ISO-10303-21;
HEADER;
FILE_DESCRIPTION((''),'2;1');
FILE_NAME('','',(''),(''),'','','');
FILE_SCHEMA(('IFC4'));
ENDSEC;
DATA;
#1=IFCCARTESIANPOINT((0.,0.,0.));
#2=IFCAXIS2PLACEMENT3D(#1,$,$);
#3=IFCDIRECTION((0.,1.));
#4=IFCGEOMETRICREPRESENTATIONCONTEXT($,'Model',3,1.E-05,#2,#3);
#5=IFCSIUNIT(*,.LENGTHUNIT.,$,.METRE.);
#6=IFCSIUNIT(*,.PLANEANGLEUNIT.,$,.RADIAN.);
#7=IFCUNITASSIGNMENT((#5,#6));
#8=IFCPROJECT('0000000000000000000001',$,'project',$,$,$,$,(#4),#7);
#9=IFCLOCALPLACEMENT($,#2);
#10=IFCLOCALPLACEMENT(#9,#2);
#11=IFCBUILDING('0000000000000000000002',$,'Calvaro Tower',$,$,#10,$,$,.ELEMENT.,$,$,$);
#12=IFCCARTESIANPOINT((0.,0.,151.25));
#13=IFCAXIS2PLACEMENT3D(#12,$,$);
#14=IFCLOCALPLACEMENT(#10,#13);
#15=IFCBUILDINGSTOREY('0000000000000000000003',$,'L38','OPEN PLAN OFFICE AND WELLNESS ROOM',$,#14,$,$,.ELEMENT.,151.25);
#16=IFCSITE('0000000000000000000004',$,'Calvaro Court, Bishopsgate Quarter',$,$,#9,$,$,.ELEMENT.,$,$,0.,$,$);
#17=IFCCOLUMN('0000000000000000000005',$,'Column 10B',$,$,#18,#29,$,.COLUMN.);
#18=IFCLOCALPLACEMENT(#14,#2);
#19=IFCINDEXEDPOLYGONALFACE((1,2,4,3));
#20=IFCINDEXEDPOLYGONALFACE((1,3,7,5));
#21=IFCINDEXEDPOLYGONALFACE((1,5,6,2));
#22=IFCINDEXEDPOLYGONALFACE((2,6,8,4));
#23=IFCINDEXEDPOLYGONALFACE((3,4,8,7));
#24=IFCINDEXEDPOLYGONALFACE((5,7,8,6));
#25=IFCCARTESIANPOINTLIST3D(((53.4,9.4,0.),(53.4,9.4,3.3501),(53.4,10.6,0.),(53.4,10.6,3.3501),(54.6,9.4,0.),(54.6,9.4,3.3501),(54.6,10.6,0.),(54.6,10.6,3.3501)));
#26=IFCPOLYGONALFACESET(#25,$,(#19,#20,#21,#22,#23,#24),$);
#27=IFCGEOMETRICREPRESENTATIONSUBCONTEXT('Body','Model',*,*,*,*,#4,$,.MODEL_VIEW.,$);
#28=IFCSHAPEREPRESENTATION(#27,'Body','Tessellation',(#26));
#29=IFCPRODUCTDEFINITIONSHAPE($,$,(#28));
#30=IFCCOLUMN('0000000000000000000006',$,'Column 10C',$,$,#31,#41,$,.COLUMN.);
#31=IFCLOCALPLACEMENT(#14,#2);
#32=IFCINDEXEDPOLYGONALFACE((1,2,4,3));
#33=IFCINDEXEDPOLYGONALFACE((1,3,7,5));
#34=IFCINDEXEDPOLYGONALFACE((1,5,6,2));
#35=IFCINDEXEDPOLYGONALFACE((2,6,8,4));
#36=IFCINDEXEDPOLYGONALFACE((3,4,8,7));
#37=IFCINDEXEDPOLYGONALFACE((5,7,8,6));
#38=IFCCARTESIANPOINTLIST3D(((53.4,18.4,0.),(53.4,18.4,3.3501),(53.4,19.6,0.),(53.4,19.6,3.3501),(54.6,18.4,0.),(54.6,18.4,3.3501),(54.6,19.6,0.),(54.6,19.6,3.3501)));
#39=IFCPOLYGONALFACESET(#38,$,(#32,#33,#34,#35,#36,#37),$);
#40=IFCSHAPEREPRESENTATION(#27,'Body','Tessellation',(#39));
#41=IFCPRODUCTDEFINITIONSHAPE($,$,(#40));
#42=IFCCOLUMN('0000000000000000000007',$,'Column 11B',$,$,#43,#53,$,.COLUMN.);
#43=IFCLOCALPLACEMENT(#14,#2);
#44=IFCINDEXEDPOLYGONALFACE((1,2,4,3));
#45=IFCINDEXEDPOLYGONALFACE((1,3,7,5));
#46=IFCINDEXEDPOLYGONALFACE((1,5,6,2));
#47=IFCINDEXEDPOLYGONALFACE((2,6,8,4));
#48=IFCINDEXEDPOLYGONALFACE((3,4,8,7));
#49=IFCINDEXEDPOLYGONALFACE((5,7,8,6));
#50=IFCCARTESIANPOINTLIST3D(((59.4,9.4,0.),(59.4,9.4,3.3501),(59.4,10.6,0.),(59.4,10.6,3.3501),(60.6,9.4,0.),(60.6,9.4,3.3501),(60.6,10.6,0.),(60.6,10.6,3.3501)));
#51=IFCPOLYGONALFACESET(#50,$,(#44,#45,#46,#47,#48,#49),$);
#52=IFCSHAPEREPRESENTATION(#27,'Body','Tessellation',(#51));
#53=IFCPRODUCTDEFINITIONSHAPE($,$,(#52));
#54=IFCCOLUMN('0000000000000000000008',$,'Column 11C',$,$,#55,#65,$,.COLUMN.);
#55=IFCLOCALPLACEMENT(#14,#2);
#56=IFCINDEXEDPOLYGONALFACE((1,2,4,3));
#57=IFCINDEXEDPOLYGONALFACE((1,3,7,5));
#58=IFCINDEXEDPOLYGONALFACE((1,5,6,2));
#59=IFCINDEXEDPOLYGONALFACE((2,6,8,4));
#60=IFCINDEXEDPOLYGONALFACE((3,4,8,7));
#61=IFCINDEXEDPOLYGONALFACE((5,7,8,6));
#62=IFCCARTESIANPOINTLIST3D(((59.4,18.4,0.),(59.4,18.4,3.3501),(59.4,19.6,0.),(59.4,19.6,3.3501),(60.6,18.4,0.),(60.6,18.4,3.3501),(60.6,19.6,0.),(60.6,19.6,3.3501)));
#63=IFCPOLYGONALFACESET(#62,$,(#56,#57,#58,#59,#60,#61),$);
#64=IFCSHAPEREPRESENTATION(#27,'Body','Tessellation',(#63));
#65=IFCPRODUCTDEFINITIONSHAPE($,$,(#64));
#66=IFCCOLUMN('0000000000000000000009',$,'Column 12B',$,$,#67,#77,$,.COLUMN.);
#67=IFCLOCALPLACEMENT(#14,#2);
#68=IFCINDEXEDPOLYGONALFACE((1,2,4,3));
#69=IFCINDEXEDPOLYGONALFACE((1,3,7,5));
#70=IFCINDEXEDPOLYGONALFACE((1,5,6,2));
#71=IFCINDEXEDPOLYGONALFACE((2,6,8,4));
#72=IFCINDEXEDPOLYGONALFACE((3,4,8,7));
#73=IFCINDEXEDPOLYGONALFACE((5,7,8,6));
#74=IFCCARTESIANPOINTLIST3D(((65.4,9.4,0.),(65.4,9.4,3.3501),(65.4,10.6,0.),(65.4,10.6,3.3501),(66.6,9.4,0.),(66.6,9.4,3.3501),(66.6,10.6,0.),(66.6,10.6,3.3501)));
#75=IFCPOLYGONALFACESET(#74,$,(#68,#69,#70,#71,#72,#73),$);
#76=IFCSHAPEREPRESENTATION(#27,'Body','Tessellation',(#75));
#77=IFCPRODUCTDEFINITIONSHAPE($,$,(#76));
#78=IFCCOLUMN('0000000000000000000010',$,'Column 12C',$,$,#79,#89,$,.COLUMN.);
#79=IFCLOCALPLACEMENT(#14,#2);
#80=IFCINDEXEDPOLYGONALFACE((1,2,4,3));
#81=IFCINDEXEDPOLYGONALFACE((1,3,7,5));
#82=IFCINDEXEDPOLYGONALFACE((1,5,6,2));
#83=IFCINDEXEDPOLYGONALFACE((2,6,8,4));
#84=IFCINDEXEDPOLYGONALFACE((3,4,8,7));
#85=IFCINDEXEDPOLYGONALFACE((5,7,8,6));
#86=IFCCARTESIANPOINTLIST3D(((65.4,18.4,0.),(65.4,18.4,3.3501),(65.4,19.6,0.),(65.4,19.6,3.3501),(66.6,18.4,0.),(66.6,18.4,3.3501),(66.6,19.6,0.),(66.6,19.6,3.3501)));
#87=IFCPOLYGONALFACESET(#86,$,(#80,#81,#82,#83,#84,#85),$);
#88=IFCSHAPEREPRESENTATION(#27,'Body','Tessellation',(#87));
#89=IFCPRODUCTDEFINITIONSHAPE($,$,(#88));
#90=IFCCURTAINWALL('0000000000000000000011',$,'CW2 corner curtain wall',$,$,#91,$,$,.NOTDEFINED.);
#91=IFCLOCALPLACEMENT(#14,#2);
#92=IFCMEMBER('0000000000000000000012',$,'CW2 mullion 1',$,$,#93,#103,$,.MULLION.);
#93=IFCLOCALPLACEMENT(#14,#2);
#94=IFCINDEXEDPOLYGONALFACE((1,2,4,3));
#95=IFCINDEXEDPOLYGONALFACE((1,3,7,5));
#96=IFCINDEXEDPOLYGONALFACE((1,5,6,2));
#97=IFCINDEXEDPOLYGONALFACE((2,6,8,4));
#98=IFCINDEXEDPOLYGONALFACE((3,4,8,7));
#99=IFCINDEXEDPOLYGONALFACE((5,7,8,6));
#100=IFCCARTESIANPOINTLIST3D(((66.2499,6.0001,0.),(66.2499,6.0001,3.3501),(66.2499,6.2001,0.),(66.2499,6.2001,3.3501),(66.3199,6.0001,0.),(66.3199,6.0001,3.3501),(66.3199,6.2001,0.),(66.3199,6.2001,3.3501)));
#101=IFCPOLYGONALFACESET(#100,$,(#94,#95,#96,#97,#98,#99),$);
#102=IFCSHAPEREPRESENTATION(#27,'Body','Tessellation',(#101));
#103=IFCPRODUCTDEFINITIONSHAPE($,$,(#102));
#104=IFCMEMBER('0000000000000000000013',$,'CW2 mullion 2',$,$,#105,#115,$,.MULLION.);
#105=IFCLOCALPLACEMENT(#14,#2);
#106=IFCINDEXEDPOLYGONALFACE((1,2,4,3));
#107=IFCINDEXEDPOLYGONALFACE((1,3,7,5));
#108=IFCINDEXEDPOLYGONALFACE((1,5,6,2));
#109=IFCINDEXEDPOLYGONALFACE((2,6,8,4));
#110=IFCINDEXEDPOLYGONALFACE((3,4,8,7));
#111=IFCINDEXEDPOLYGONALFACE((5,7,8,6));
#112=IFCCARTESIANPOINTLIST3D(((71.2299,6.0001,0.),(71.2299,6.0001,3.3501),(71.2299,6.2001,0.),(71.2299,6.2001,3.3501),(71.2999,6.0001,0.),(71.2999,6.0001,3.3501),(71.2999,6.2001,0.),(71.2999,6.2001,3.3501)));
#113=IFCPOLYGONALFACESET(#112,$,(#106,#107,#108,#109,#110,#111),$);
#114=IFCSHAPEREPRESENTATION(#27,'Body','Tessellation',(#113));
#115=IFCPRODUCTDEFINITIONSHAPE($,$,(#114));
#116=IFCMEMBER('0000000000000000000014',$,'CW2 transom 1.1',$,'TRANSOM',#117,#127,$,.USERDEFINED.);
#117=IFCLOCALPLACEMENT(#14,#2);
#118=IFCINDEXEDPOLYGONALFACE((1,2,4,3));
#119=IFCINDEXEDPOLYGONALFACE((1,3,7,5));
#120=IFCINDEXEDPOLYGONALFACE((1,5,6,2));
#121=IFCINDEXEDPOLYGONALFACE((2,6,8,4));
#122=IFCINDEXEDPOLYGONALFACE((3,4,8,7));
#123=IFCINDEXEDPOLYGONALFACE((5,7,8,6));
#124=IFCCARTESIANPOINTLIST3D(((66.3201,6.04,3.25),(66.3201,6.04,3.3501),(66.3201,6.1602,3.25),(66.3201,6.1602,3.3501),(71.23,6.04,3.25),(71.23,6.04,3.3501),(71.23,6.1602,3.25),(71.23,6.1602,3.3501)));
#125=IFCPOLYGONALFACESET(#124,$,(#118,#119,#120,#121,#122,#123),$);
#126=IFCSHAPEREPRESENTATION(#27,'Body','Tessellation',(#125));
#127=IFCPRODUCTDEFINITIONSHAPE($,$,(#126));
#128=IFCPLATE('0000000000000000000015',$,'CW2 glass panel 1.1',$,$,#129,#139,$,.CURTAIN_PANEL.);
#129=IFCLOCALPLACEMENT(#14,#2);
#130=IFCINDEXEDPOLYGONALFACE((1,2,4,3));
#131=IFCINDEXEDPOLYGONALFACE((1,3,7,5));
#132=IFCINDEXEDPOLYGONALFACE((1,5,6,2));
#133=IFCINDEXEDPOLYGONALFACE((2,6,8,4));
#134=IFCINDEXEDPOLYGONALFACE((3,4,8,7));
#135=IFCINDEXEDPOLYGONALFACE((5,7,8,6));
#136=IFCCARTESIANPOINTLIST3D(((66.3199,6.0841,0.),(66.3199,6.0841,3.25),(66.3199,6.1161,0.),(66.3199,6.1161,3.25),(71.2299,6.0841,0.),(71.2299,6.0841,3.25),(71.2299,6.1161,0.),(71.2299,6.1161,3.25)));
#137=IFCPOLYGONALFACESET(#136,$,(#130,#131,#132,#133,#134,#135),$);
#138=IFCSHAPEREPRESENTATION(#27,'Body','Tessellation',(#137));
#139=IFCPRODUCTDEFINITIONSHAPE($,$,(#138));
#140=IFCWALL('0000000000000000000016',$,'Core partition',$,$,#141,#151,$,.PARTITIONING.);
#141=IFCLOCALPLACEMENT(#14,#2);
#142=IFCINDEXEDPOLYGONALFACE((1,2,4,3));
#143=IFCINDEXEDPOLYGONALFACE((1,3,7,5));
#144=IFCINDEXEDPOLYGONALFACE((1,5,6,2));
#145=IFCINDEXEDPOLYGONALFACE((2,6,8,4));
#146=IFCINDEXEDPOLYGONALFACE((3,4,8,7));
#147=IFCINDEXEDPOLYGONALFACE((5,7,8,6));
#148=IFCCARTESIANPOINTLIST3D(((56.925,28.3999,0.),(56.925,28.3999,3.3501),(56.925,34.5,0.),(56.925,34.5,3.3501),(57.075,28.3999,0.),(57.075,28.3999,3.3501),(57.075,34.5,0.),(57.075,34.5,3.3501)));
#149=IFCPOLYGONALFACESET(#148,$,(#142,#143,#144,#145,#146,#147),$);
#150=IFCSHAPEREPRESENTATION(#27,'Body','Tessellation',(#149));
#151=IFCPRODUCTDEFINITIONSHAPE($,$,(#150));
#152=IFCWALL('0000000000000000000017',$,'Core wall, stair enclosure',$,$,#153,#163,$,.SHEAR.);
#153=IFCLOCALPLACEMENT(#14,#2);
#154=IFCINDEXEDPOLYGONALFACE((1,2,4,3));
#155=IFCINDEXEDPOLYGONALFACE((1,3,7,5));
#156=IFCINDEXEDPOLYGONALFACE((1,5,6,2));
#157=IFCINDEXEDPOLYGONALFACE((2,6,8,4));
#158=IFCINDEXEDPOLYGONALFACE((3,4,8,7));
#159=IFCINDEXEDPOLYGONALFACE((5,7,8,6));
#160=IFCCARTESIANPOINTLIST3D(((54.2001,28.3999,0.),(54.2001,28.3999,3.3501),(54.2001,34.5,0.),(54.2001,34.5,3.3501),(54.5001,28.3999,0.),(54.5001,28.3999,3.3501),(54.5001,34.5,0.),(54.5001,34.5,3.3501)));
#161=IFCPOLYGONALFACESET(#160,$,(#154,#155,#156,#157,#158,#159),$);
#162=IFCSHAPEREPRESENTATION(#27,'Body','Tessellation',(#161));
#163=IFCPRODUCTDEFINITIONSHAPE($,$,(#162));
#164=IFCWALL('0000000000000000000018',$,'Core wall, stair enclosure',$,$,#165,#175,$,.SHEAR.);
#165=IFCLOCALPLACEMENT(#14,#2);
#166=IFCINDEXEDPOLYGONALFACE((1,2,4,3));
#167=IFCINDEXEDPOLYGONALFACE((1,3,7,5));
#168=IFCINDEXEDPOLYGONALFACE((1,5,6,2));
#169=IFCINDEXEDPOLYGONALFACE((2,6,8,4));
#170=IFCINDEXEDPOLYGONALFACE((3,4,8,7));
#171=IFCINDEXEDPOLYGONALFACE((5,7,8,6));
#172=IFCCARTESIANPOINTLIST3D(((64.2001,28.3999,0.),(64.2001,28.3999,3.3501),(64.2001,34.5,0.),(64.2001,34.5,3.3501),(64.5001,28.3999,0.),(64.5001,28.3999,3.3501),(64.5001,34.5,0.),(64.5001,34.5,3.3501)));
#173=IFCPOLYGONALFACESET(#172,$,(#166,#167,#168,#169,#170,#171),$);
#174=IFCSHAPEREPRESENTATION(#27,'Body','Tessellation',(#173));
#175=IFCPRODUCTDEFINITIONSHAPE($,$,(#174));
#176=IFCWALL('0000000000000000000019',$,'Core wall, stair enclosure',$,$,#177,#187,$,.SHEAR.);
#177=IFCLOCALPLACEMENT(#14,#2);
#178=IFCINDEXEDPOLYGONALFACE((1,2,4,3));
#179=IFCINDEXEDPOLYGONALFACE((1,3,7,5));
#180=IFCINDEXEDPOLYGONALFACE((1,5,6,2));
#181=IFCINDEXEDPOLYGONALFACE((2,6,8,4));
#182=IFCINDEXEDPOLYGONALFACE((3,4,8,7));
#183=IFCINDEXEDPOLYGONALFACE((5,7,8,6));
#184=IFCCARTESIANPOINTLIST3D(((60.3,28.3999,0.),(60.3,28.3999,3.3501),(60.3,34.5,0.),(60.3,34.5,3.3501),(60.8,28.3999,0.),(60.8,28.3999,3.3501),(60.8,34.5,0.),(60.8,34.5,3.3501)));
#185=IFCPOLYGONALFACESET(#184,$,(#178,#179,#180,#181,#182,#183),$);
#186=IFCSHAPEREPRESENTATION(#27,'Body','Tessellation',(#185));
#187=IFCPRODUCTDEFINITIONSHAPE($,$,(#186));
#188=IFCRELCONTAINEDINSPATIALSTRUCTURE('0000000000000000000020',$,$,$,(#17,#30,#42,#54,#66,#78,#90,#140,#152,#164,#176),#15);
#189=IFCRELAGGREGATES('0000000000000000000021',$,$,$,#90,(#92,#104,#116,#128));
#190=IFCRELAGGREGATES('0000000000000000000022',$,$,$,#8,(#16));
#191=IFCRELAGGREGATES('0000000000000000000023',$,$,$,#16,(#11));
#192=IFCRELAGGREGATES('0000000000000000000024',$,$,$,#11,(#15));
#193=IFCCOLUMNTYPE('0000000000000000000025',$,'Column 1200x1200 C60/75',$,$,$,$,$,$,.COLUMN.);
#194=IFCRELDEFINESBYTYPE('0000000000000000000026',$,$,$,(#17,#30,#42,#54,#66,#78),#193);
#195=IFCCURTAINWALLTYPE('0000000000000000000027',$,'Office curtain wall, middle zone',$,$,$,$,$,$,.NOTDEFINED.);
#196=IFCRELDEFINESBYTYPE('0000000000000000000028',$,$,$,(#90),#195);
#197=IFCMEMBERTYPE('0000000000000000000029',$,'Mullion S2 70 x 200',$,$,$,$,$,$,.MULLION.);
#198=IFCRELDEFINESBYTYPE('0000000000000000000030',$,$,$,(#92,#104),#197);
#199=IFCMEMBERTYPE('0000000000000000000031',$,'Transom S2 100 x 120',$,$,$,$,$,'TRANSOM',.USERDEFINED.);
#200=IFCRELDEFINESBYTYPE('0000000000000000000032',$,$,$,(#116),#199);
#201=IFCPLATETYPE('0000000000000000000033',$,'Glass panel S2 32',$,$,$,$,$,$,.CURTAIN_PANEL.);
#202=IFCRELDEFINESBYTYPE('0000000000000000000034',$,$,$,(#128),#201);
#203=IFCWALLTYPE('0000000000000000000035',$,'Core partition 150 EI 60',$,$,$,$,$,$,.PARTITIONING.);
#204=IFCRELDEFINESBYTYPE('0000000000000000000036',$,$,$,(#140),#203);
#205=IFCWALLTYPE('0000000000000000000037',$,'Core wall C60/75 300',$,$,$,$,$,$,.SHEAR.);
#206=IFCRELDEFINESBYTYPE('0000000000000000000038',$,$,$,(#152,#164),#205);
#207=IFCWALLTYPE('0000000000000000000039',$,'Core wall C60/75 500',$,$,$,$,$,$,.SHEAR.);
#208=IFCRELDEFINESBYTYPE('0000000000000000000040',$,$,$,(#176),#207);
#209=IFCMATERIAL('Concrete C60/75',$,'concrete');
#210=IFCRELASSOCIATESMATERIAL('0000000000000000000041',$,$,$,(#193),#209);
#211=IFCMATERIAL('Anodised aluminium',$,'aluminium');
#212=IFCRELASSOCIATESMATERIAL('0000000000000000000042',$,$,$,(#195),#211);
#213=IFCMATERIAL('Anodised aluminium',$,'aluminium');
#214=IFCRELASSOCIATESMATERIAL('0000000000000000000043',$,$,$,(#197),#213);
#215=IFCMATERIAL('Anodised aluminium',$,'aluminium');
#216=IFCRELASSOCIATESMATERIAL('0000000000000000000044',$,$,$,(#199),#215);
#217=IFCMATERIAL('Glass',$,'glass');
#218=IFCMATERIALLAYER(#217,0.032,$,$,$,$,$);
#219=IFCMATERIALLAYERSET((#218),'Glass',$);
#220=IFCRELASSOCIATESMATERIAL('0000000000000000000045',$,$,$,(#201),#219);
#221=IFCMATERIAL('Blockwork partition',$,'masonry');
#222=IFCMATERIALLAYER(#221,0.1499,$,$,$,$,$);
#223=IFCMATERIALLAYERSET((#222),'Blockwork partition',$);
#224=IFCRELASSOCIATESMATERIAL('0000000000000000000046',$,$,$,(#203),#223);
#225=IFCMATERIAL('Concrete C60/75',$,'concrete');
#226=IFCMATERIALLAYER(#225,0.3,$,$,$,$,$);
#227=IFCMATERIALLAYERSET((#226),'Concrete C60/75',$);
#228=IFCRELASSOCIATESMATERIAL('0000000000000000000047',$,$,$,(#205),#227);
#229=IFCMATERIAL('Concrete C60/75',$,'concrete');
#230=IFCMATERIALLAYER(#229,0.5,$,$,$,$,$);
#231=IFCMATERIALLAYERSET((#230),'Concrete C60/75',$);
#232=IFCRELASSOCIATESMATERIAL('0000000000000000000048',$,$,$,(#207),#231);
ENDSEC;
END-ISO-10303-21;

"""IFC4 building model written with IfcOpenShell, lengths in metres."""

from ifc_helpers import new_model, si_unit, direction, frame, frame_2d, origin, origin_2d, place, context, subcontext, project, spatial, rectangle, extrude, material, layer, layer_set, material_profile, profile_set, type_object, element, aggregate, save


model = new_model("IFC4")

# Units and contexts
model_context = context("Model", 3, precision=1e-05, world=origin(), true_north=direction((0.0, 1.0)))
body_context = subcontext(model_context, "Body", "Model", "MODEL_VIEW")
ifc_project = project(units=[si_unit("LENGTHUNIT", "METRE"), si_unit("PLANEANGLEUNIT", "RADIAN")], contexts=[model_context])

# Site, building, storey
site_placement = place(None, origin())
site = spatial("IfcSite", under=ifc_project, at=site_placement, Name="Calvaro Court, Bishopsgate Quarter", CompositionType="ELEMENT", RefElevation=0.0)
building_placement = place(site_placement, origin())
building = spatial("IfcBuilding", under=site, at=building_placement, Name="Calvaro Tower", CompositionType="ELEMENT")
storey_placement = place(building_placement, frame((0.0, 0.0, 151.25)))
storey = spatial("IfcBuildingStorey", under=building, at=storey_placement, Name="L38", Description="OPEN PLAN OFFICE AND WELLNESS ROOM", CompositionType="ELEMENT", Elevation=151.25)

# Columns
ifc_material_1 = material(Name="Concrete C60/75", Category="concrete")
ifc_material_profile_1 = material_profile(ifc_material_1, rectangle(XDim=1.2, YDim=1.2, at=origin_2d()), Name="RC 1200x1200")
ifc_profile_set_1 = profile_set([ifc_material_profile_1], Name="Concrete C60/75")
column_type = type_object("IfcColumnType", Name="Column 1200x1200 C60/75", PredefinedType="COLUMN", material=ifc_profile_set_1)
for number, where, z_axis, x_axis, name in (
    (1, (54.0, 10.0, 0.0), (0.0, 0.0, 1.0), (1.0, 0.0, 0.0), "Column 10B"),
    (2, (54.0, 19.0, 0.0), (0.0, 0.0, 1.0), (1.0, 0.0, 0.0), "Column 10C"),
    (3, (60.0, 10.0, 0.0), (0.0, 0.0, 1.0), (1.0, 0.0, 0.0), "Column 11B"),
    (4, (60.0, 19.0, 0.0), (0.0, 0.0, 1.0), (1.0, 0.0, 0.0), "Column 11C"),
    (5, (66.0, 10.0, 0.0), (0.0, 0.0, 1.0), (1.0, 0.0, 0.0), "Column 12B"),
    (6, (66.0, 19.0, 0.0), (0.0, 0.0, 1.0), (1.0, 0.0, 0.0), "Column 12C"),
):
    element("IfcColumn", number, at=place(storey_placement, frame(where, z_axis=z_axis, x_axis=x_axis)), inside=storey, type_object=column_type, Name=name, PredefinedType="COLUMN", context=body_context, shape_type="SweptSolid", body=[
        extrude(rectangle(XDim=1.2, YDim=1.2, at=origin_2d()), origin(), (0.0, 0.0, 1.0), 3.3501),
    ])

# Curtain wall, members, plate
ifc_material_2 = material(Name="Anodised aluminium", Category="aluminium")
curtain_wall_type = type_object("IfcCurtainWallType", Name="Office curtain wall, middle zone", PredefinedType="NOTDEFINED", material=ifc_material_2)
curtain_wall_placement = place(storey_placement, origin())
curtain_wall = element("IfcCurtainWall", 7, at=curtain_wall_placement, inside=storey, type_object=curtain_wall_type, Name="CW2 corner curtain wall", PredefinedType="NOTDEFINED")
ifc_material_3 = material(Name="Anodised aluminium", Category="aluminium")
ifc_material_profile_2 = material_profile(ifc_material_3, rectangle(XDim=0.2, YDim=0.0701, at=origin_2d()), Name="Mullion S2 70 x 200")
ifc_profile_set_2 = profile_set([ifc_material_profile_2], Name="Anodised aluminium")
member_type_1 = type_object("IfcMemberType", Name="Mullion S2 70 x 200", PredefinedType="MULLION", material=ifc_profile_set_2)
member_1_placement = place(storey_placement, frame((66.2849, 6.1001, 0.0), z_axis=(0.0, 0.0, 1.0), x_axis=(0.0, 1.0, 0.0)))
member_1 = element("IfcMember", 8, at=member_1_placement, type_object=member_type_1, Name="CW2 mullion 1", PredefinedType="MULLION", context=body_context, shape_type="SweptSolid", body=[
    extrude(rectangle(XDim=0.2, YDim=0.0701, at=origin_2d()), origin(), (0.0, 0.0, 1.0), 3.3501),
])
member_2_placement = place(storey_placement, frame((71.2649, 6.1001, 0.0), z_axis=(0.0, 0.0, 1.0), x_axis=(0.0, 1.0, 0.0)))
member_2 = element("IfcMember", 9, at=member_2_placement, type_object=member_type_1, Name="CW2 mullion 2", PredefinedType="MULLION", context=body_context, shape_type="SweptSolid", body=[
    extrude(rectangle(XDim=0.2, YDim=0.0701, at=origin_2d()), origin(), (0.0, 0.0, 1.0), 3.3501),
])
ifc_material_4 = material(Name="Anodised aluminium", Category="aluminium")
ifc_material_profile_3 = material_profile(ifc_material_4, rectangle(XDim=0.1201, YDim=0.1001, at=origin_2d()), Name="Transom S2 100 x 120")
ifc_profile_set_3 = profile_set([ifc_material_profile_3], Name="Anodised aluminium")
member_type_2 = type_object("IfcMemberType", Name="Transom S2 100 x 120", ElementType="TRANSOM", PredefinedType="USERDEFINED", material=ifc_profile_set_3)
member_3_placement = place(storey_placement, frame((66.3201, 6.1001, 3.3), z_axis=(1.0, 0.0, 0.0), x_axis=(0.0, 1.0, 0.0)))
member_3 = element("IfcMember", 10, at=member_3_placement, type_object=member_type_2, Name="CW2 transom 1.1", ObjectType="TRANSOM", PredefinedType="USERDEFINED", context=body_context, shape_type="SweptSolid", body=[
    extrude(rectangle(XDim=0.1201, YDim=0.1001, at=origin_2d()), origin(), (0.0, 0.0, 1.0), 4.9099),
])
ifc_material_5 = material(Name="Glass", Category="glass")
ifc_layer_1 = layer(ifc_material_5, 0.032)
ifc_layer_set_1 = layer_set([ifc_layer_1], Name="Glass")
plate_type = type_object("IfcPlateType", Name="Glass panel S2 32", PredefinedType="CURTAIN_PANEL", material=ifc_layer_set_1)
plate_placement = place(storey_placement, frame((68.7749, 6.1001, 0.0), z_axis=(0.0, 0.0, 1.0), x_axis=(1.0, 0.0, 0.0)))
plate = element("IfcPlate", 11, at=plate_placement, type_object=plate_type, Name="CW2 glass panel 1.1", PredefinedType="CURTAIN_PANEL", context=body_context, shape_type="SweptSolid", body=[
    extrude(rectangle(XDim=4.9099, YDim=0.032, at=origin_2d()), origin(), (0.0, 0.0, 1.0), 3.25),
])
aggregate(curtain_wall, [member_1, member_2, member_3, plate])

# Walls
ifc_material_6 = material(Name="Blockwork partition", Category="masonry")
ifc_layer_2 = layer(ifc_material_6, 0.1499)
ifc_layer_set_2 = layer_set([ifc_layer_2], Name="Blockwork partition")
wall_type_1 = type_object("IfcWallType", Name="Core partition 150 EI 60", PredefinedType="PARTITIONING", material=ifc_layer_set_2)
wall_1_placement = place(storey_placement, frame((57.0, 28.3999, 0.0), z_axis=(0.0, 0.0, 1.0), x_axis=(0.0, 1.0, 0.0)))
element("IfcWall", 12, at=wall_1_placement, inside=storey, type_object=wall_type_1, Name="Core partition", PredefinedType="PARTITIONING", context=body_context, shape_type="SweptSolid", body=[
    extrude(rectangle(XDim=6.1001, YDim=0.1499, at=frame_2d((3.05, 0.0))), origin(), (0.0, 0.0, 1.0), 3.3501),
])
ifc_material_7 = material(Name="Concrete C60/75", Category="concrete")
ifc_layer_3 = layer(ifc_material_7, 0.3)
ifc_layer_set_3 = layer_set([ifc_layer_3], Name="Concrete C60/75")
wall_type_2 = type_object("IfcWallType", Name="Core wall C60/75 300", PredefinedType="SHEAR", material=ifc_layer_set_3)
for number, where, z_axis, x_axis, name in (
    (13, (54.3501, 28.3999, 0.0), (0.0, 0.0, 1.0), (0.0, 1.0, 0.0), "Core wall, stair enclosure"),
    (14, (64.3501, 28.3999, 0.0), (0.0, 0.0, 1.0), (0.0, 1.0, 0.0), "Core wall, stair enclosure"),
):
    element("IfcWall", number, at=place(storey_placement, frame(where, z_axis=z_axis, x_axis=x_axis)), inside=storey, type_object=wall_type_2, Name=name, PredefinedType="SHEAR", context=body_context, shape_type="SweptSolid", body=[
        extrude(rectangle(XDim=6.1001, YDim=0.3, at=frame_2d((3.05, 0.0))), origin(), (0.0, 0.0, 1.0), 3.3501),
    ])
ifc_material_8 = material(Name="Concrete C60/75", Category="concrete")
ifc_layer_4 = layer(ifc_material_8, 0.5)
ifc_layer_set_4 = layer_set([ifc_layer_4], Name="Concrete C60/75")
wall_type_3 = type_object("IfcWallType", Name="Core wall C60/75 500", PredefinedType="SHEAR", material=ifc_layer_set_4)
wall_2_placement = place(storey_placement, frame((60.55, 28.3999, 0.0), z_axis=(0.0, 0.0, 1.0), x_axis=(0.0, 1.0, 0.0)))
element("IfcWall", 15, at=wall_2_placement, inside=storey, type_object=wall_type_3, Name="Core wall, stair enclosure", PredefinedType="SHEAR", context=body_context, shape_type="SweptSolid", body=[
    extrude(rectangle(XDim=6.1001, YDim=0.5, at=frame_2d((3.05, 0.0))), origin(), (0.0, 0.0, 1.0), 3.3501),
])

save(model, "model.ifc")
